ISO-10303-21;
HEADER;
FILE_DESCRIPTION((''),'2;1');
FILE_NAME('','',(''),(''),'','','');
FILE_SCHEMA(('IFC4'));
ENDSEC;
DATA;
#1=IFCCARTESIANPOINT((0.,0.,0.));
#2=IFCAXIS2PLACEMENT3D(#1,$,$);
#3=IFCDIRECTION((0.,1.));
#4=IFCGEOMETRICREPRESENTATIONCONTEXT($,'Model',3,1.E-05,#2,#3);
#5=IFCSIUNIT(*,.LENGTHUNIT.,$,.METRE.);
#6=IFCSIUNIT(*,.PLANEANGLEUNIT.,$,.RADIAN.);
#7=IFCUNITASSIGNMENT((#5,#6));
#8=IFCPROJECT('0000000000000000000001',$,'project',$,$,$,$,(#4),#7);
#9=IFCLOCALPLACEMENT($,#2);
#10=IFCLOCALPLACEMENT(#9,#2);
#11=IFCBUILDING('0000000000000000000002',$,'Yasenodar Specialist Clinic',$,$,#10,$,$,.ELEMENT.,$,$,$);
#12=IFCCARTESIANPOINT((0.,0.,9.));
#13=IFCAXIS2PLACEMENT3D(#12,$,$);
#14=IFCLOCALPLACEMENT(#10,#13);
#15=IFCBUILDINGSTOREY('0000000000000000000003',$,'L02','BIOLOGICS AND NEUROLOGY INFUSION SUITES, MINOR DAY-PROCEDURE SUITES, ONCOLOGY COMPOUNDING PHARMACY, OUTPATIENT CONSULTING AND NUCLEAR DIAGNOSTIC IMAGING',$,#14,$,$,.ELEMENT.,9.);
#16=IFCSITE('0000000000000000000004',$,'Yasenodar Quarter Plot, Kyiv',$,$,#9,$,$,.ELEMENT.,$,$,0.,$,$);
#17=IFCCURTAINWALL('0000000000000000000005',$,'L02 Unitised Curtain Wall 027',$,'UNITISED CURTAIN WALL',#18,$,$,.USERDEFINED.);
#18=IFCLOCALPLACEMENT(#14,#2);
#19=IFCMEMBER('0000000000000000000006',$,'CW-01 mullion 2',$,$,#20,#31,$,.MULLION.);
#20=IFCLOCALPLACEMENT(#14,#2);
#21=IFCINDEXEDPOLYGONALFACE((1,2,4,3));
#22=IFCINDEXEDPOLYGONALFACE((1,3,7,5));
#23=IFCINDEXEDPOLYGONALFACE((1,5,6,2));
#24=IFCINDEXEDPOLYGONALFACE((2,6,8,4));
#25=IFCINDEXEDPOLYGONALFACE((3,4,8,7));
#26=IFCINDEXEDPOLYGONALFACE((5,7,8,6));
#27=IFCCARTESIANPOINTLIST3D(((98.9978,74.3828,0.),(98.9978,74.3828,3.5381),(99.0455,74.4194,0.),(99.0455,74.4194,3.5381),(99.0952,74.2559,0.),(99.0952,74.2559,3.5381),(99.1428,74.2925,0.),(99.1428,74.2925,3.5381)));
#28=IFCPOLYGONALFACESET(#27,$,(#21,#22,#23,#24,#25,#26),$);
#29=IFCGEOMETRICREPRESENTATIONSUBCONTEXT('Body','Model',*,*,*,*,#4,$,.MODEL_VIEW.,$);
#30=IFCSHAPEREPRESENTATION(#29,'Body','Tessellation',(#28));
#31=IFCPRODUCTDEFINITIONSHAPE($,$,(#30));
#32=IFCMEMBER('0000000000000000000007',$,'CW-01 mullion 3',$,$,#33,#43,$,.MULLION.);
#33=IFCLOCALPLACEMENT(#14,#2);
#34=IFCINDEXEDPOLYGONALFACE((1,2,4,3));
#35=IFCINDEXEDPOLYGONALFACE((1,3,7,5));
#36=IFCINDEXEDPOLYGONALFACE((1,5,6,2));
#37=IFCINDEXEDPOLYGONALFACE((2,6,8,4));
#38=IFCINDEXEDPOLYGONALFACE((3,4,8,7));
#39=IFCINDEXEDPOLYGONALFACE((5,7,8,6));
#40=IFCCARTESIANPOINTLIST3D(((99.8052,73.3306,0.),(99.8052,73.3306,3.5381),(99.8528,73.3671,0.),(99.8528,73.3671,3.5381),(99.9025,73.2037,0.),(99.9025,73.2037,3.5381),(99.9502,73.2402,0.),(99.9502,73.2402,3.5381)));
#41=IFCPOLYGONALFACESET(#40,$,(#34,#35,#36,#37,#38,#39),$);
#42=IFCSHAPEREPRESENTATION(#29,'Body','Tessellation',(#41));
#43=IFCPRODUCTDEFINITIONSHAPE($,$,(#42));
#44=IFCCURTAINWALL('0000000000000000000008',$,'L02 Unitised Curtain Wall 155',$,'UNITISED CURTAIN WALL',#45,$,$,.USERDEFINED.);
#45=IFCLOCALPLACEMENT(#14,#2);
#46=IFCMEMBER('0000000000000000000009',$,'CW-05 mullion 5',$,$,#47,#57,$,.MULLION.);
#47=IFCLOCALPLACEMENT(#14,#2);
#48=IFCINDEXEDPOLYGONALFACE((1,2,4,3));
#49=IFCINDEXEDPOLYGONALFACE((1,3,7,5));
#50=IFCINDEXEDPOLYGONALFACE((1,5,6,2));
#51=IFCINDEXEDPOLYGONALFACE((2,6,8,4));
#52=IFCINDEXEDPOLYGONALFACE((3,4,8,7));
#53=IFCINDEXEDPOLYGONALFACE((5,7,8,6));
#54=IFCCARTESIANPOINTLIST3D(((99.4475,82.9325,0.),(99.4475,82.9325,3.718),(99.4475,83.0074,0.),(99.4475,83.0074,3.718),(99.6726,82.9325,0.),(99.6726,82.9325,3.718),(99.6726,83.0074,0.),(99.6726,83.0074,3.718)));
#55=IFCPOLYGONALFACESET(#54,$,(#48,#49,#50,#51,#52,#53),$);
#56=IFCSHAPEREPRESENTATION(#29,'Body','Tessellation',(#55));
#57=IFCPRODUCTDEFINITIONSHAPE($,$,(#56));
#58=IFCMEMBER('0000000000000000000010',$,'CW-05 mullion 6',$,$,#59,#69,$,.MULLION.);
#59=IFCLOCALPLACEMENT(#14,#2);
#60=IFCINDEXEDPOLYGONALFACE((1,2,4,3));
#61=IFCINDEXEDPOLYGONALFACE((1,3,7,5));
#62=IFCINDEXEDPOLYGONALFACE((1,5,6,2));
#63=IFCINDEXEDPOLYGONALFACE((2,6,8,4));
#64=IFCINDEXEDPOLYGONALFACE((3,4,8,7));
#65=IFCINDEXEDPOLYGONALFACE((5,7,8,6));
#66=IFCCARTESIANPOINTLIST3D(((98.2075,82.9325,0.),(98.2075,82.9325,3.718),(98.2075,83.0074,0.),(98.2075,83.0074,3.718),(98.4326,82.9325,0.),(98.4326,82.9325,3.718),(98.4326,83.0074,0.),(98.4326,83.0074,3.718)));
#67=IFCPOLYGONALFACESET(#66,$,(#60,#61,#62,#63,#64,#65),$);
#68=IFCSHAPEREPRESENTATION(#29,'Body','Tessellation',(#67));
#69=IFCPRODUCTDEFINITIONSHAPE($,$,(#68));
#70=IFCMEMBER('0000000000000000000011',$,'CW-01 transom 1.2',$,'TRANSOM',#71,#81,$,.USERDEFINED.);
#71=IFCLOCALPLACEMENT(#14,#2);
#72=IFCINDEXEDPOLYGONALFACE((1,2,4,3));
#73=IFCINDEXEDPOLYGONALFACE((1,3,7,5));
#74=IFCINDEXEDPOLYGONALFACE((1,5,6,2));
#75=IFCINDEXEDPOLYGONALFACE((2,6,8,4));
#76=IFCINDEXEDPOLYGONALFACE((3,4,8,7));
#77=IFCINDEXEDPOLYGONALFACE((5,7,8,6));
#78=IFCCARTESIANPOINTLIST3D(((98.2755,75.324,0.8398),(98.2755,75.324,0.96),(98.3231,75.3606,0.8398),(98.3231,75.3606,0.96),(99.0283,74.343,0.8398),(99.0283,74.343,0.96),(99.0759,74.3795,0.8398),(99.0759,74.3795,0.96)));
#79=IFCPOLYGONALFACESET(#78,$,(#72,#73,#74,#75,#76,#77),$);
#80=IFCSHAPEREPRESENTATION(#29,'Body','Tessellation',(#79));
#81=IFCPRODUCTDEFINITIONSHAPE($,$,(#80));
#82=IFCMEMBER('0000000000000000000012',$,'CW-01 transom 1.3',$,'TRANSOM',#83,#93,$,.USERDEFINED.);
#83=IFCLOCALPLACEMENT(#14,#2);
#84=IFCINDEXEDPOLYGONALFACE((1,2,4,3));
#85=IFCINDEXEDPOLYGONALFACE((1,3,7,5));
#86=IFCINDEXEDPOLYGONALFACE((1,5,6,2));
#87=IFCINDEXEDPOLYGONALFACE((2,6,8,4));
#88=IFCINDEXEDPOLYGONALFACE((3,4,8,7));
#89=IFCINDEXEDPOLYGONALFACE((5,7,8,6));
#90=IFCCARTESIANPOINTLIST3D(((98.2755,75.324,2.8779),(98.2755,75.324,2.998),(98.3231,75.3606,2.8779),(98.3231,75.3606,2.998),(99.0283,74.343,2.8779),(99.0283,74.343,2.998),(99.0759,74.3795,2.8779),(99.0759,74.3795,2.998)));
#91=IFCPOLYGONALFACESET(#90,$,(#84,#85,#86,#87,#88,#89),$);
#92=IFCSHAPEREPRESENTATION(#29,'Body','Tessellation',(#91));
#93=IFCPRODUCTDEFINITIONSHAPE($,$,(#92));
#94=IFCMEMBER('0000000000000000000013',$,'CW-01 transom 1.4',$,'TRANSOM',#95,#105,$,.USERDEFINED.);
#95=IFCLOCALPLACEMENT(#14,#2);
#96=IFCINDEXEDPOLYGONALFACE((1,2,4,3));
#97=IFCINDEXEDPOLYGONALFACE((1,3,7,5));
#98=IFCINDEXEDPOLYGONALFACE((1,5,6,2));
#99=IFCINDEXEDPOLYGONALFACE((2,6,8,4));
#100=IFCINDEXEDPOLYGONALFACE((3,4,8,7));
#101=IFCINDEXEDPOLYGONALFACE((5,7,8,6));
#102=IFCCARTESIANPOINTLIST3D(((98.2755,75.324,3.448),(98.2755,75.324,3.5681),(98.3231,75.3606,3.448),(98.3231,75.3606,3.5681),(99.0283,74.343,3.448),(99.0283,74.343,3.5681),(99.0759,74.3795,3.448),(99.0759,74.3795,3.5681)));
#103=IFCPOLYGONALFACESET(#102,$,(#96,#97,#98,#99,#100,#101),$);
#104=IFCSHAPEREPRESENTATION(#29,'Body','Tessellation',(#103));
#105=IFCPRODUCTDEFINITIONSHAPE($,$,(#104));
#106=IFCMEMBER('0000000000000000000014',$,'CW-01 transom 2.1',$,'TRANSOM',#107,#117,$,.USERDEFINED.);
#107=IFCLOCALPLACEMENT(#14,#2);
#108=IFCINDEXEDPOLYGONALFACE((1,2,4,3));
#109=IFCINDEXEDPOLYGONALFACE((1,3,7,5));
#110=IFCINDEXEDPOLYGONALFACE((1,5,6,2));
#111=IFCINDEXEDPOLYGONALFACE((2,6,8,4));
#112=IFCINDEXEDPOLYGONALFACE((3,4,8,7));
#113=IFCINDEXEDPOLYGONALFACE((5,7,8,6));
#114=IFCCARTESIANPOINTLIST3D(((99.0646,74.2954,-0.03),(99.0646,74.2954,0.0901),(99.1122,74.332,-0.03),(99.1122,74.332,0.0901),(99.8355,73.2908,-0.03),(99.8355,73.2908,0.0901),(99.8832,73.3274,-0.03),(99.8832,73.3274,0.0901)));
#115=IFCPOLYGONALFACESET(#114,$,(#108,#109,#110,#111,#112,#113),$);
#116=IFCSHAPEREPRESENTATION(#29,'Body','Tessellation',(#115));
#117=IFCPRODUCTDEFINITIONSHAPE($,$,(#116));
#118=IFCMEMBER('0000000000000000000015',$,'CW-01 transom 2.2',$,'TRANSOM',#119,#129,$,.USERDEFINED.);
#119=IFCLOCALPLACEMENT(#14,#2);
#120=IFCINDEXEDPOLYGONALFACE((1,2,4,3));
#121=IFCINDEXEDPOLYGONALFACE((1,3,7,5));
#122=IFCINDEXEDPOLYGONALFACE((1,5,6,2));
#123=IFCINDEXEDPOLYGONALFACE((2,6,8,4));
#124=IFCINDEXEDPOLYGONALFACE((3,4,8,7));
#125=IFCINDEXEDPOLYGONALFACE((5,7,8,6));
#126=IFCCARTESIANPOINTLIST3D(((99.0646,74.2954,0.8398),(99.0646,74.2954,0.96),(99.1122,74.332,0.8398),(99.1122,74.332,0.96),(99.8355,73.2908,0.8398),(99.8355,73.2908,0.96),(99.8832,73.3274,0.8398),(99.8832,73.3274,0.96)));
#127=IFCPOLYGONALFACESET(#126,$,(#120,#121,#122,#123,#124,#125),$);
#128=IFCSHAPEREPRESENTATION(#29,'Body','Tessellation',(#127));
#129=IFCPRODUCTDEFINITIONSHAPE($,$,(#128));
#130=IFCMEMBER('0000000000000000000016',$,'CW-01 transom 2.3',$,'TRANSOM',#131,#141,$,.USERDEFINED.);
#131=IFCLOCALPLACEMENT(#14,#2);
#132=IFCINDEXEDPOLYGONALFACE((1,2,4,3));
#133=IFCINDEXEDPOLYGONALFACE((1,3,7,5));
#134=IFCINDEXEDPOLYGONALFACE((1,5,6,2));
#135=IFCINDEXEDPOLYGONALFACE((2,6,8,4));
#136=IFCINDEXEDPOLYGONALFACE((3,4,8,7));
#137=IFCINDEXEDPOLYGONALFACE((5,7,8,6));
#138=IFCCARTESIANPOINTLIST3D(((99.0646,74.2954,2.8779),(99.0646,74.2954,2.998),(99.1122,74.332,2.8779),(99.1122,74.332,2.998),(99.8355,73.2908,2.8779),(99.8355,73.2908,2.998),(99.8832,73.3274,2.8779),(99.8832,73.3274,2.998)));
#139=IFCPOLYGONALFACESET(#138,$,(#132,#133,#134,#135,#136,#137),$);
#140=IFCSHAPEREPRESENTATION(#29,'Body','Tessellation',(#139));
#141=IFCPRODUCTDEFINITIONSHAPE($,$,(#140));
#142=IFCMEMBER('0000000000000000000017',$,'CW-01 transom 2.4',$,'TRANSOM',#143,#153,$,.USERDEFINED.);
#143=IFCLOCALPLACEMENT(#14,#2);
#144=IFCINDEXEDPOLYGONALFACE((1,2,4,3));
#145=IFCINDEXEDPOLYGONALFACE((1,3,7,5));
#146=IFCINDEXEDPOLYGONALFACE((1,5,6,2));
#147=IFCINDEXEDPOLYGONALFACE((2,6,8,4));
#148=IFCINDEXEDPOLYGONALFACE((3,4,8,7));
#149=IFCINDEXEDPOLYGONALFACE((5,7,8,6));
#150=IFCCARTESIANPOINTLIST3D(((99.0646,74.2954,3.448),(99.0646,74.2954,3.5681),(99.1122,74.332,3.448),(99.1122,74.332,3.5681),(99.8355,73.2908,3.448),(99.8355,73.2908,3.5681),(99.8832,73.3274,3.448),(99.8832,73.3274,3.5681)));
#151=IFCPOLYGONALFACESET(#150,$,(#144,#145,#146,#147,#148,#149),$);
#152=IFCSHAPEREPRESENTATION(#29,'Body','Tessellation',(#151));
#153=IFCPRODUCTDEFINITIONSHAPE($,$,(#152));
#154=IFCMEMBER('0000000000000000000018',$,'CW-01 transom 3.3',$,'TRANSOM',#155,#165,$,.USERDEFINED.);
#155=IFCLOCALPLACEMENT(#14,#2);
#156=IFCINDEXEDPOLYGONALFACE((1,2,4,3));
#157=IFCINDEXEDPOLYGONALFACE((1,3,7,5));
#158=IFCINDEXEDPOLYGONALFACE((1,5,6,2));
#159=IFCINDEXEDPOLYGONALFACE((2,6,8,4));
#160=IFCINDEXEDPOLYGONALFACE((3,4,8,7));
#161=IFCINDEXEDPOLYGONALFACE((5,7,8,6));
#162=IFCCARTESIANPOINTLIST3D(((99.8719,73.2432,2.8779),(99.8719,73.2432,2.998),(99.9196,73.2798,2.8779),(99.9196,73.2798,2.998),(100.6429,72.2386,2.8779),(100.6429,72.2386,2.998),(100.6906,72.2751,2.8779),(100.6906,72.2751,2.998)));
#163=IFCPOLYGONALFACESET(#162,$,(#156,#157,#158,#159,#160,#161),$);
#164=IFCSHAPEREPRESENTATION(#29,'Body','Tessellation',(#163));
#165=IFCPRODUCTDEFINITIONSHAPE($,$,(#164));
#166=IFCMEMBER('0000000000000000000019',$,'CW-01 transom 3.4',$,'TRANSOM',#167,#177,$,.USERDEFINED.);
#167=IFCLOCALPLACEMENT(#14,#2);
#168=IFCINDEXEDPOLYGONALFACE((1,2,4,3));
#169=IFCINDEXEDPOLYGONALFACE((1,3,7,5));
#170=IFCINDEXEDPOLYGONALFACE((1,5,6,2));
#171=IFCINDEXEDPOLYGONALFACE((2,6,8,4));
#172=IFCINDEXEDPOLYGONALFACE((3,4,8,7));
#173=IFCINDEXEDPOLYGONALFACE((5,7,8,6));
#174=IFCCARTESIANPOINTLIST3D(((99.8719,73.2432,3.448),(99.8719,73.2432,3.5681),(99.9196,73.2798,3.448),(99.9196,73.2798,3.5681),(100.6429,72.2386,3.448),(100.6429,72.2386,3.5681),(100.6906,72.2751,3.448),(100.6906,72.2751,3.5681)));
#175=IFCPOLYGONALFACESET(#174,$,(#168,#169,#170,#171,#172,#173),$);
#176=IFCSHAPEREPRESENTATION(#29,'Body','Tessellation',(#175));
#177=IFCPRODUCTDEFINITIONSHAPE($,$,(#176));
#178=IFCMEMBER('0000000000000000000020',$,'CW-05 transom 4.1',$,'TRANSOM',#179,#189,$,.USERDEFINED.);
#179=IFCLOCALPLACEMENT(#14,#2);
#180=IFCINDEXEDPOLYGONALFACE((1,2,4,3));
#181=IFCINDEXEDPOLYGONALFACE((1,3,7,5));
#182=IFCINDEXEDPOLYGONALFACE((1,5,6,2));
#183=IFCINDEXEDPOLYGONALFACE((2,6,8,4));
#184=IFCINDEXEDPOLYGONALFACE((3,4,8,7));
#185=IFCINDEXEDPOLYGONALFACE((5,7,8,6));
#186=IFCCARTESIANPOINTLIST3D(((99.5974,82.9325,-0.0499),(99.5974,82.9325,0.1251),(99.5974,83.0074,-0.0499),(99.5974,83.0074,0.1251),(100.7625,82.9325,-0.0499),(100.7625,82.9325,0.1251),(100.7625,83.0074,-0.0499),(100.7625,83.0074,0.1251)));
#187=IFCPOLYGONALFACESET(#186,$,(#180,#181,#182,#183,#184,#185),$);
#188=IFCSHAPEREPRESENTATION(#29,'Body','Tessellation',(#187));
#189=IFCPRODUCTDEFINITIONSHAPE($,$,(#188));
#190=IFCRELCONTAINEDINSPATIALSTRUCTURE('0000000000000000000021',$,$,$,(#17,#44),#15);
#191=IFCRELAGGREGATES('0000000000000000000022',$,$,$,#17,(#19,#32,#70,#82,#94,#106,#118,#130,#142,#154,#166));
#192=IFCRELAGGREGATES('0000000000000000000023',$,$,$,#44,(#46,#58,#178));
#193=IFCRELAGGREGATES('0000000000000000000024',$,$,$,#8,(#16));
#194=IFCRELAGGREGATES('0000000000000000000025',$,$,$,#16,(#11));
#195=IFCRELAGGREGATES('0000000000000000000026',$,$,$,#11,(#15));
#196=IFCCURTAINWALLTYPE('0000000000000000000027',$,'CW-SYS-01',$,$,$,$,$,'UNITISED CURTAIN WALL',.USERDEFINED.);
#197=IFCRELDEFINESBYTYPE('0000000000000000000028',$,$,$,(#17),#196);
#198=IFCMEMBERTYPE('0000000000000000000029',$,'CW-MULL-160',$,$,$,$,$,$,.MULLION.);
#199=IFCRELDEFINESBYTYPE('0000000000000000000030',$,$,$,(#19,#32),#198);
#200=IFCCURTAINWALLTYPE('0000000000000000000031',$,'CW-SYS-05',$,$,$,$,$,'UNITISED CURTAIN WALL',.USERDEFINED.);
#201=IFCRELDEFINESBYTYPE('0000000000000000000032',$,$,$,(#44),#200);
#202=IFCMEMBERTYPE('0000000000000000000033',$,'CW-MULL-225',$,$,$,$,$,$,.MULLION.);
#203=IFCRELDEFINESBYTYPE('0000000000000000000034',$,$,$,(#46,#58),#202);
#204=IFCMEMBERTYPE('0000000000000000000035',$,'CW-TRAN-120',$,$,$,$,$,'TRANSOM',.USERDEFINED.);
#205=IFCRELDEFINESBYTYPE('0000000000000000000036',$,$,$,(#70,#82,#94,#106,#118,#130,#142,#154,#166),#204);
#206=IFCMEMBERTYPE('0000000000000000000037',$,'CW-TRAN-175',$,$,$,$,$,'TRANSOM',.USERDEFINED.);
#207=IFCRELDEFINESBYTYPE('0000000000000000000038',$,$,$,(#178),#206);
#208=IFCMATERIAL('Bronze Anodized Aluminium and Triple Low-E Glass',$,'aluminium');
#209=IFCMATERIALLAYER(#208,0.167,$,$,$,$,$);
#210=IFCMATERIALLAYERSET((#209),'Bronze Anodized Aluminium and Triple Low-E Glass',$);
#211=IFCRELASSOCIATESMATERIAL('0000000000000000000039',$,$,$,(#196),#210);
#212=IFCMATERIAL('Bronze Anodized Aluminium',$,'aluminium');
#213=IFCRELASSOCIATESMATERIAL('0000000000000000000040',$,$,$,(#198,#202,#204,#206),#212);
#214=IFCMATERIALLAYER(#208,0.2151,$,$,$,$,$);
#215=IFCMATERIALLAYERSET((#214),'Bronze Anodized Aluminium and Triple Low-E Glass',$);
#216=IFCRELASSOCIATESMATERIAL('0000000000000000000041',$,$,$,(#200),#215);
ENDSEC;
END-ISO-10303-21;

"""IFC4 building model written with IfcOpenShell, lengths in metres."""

from ifc_helpers import new_model, si_unit, direction, frame, origin, origin_2d, place, context, subcontext, project, spatial, rectangle, extrude, material, layer, layer_set, material_profile, profile_set, type_object, element, aggregate, save


model = new_model("IFC4")

# Units and contexts
model_context = context("Model", 3, precision=1e-05, world=origin(), true_north=direction((0.0, 1.0)))
body_context = subcontext(model_context, "Body", "Model", "MODEL_VIEW")
ifc_project = project(units=[si_unit("LENGTHUNIT", "METRE"), si_unit("PLANEANGLEUNIT", "RADIAN")], contexts=[model_context])

# Site, building, storey
site_placement = place(None, origin())
site = spatial("IfcSite", under=ifc_project, at=site_placement, Name="Yasenodar Quarter Plot, Kyiv", CompositionType="ELEMENT", RefElevation=0.0)
building_placement = place(site_placement, origin())
building = spatial("IfcBuilding", under=site, at=building_placement, Name="Yasenodar Specialist Clinic", CompositionType="ELEMENT")
storey_placement = place(building_placement, frame((0.0, 0.0, 9.0)))
storey = spatial("IfcBuildingStorey", under=building, at=storey_placement, Name="L02", Description="BIOLOGICS AND NEUROLOGY INFUSION SUITES, MINOR DAY-PROCEDURE SUITES, ONCOLOGY COMPOUNDING PHARMACY, OUTPATIENT CONSULTING AND NUCLEAR DIAGNOSTIC IMAGING", CompositionType="ELEMENT", Elevation=9.0)

# Curtain walls, members
ifc_material_1 = material(Name="Bronze Anodized Aluminium and Triple Low-E Glass", Category="aluminium")
ifc_layer_1 = layer(ifc_material_1, 0.167)
ifc_layer_set_1 = layer_set([ifc_layer_1], Name="Bronze Anodized Aluminium and Triple Low-E Glass")
curtain_wall_type_1 = type_object("IfcCurtainWallType", Name="CW-SYS-01", ElementType="UNITISED CURTAIN WALL", PredefinedType="USERDEFINED", material=ifc_layer_set_1)
curtain_wall_1_placement = place(storey_placement, origin())
curtain_wall_1 = element("IfcCurtainWall", 1, at=curtain_wall_1_placement, inside=storey, type_object=curtain_wall_type_1, Name="L02 Unitised Curtain Wall 027", ObjectType="UNITISED CURTAIN WALL", PredefinedType="USERDEFINED")
ifc_material_2 = material(Name="Bronze Anodized Aluminium", Category="aluminium")
ifc_material_profile_1 = material_profile(ifc_material_2, rectangle(XDim=0.0601, YDim=0.1599, at=origin_2d()), Name="CW-MULL 60x160")
ifc_profile_set_1 = profile_set([ifc_material_profile_1], Name="Bronze Anodized Aluminium")
member_type_1 = type_object("IfcMemberType", Name="CW-MULL-160", PredefinedType="MULLION", material=ifc_profile_set_1)
member_1_placement = place(storey_placement, frame((99.0703, 74.3376, 0.0), z_axis=(0.0, 0.0, 1.0), x_axis=(0.793361, 0.608752, 0.0)))
member_1 = element("IfcMember", 2, at=member_1_placement, type_object=member_type_1, Name="CW-01 mullion 2", PredefinedType="MULLION", context=body_context, shape_type="SweptSolid", body=[
    extrude(rectangle(XDim=0.0601, YDim=0.1599, at=origin_2d()), origin(), (0.0, 0.0, 1.0), 3.5381),
])
member_2_placement = place(storey_placement, frame((99.8777, 73.2854, 0.0), z_axis=(0.0, 0.0, 1.0), x_axis=(0.793361, 0.608752, 0.0)))
member_2 = element("IfcMember", 3, at=member_2_placement, type_object=member_type_1, Name="CW-01 mullion 3", PredefinedType="MULLION", context=body_context, shape_type="SweptSolid", body=[
    extrude(rectangle(XDim=0.0601, YDim=0.1599, at=origin_2d()), origin(), (0.0, 0.0, 1.0), 3.5381),
])
ifc_layer_2 = layer(ifc_material_1, 0.2151)
ifc_layer_set_2 = layer_set([ifc_layer_2], Name="Bronze Anodized Aluminium and Triple Low-E Glass")
curtain_wall_type_2 = type_object("IfcCurtainWallType", Name="CW-SYS-05", ElementType="UNITISED CURTAIN WALL", PredefinedType="USERDEFINED", material=ifc_layer_set_2)
curtain_wall_2_placement = place(storey_placement, origin())
curtain_wall_2 = element("IfcCurtainWall", 4, at=curtain_wall_2_placement, inside=storey, type_object=curtain_wall_type_2, Name="L02 Unitised Curtain Wall 155", ObjectType="UNITISED CURTAIN WALL", PredefinedType="USERDEFINED")
ifc_material_profile_2 = material_profile(ifc_material_2, rectangle(XDim=0.075, YDim=0.2251, at=origin_2d()), Name="CW-MULL 75x225")
ifc_profile_set_2 = profile_set([ifc_material_profile_2], Name="Bronze Anodized Aluminium")
member_type_2 = type_object("IfcMemberType", Name="CW-MULL-225", PredefinedType="MULLION", material=ifc_profile_set_2)
member_3_placement = place(storey_placement, frame((99.5601, 82.97, 0.0), z_axis=(0.0, 0.0, 1.0), x_axis=(0.0, -1.0, 0.0)))
member_3 = element("IfcMember", 5, at=member_3_placement, type_object=member_type_2, Name="CW-05 mullion 5", PredefinedType="MULLION", context=body_context, shape_type="SweptSolid", body=[
    extrude(rectangle(XDim=0.075, YDim=0.2251, at=origin_2d()), origin(), (0.0, 0.0, 1.0), 3.718),
])
member_4_placement = place(storey_placement, frame((98.3201, 82.97, 0.0), z_axis=(0.0, 0.0, 1.0), x_axis=(0.0, -1.0, 0.0)))
member_4 = element("IfcMember", 6, at=member_4_placement, type_object=member_type_2, Name="CW-05 mullion 6", PredefinedType="MULLION", context=body_context, shape_type="SweptSolid", body=[
    extrude(rectangle(XDim=0.075, YDim=0.2251, at=origin_2d()), origin(), (0.0, 0.0, 1.0), 3.718),
])

# Members
ifc_material_profile_3 = material_profile(ifc_material_2, rectangle(XDim=0.0601, YDim=0.1201, at=origin_2d()), Name="CW-TRAN 60x120")
ifc_profile_set_3 = profile_set([ifc_material_profile_3], Name="Bronze Anodized Aluminium")
member_type_3 = type_object("IfcMemberType", Name="CW-TRAN-120", ElementType="TRANSOM", PredefinedType="USERDEFINED", material=ifc_profile_set_3)
member_5_placement = place(storey_placement, frame((98.2993, 75.3423, 0.8999), z_axis=(0.608747, -0.793365, 0.0), x_axis=(0.793365, 0.608747, 0.0)))
member_5 = element("IfcMember", 7, at=member_5_placement, type_object=member_type_3, Name="CW-01 transom 1.2", ObjectType="TRANSOM", PredefinedType="USERDEFINED", context=body_context, shape_type="SweptSolid", body=[
    extrude(rectangle(XDim=0.0601, YDim=0.1201, at=origin_2d()), origin(), (0.0, 0.0, 1.0), 1.2366),
])
member_6_placement = place(storey_placement, frame((98.2993, 75.3423, 2.938), z_axis=(0.608747, -0.793365, 0.0), x_axis=(0.793365, 0.608747, 0.0)))
member_6 = element("IfcMember", 8, at=member_6_placement, type_object=member_type_3, Name="CW-01 transom 1.3", ObjectType="TRANSOM", PredefinedType="USERDEFINED", context=body_context, shape_type="SweptSolid", body=[
    extrude(rectangle(XDim=0.0601, YDim=0.1201, at=origin_2d()), origin(), (0.0, 0.0, 1.0), 1.2366),
])
member_7_placement = place(storey_placement, frame((98.2993, 75.3423, 3.5081), z_axis=(0.608747, -0.793365, 0.0), x_axis=(0.793365, 0.608747, 0.0)))
member_7 = element("IfcMember", 9, at=member_7_placement, type_object=member_type_3, Name="CW-01 transom 1.4", ObjectType="TRANSOM", PredefinedType="USERDEFINED", context=body_context, shape_type="SweptSolid", body=[
    extrude(rectangle(XDim=0.0601, YDim=0.1201, at=origin_2d()), origin(), (0.0, 0.0, 1.0), 1.2366),
])
member_8_placement = place(storey_placement, frame((99.0884, 74.3137, 0.03), z_axis=(0.608816, -0.793311, 0.0), x_axis=(0.793311, 0.608816, 0.0)))
member_8 = element("IfcMember", 10, at=member_8_placement, type_object=member_type_3, Name="CW-01 transom 2.1", ObjectType="TRANSOM", PredefinedType="USERDEFINED", context=body_context, shape_type="SweptSolid", body=[
    extrude(rectangle(XDim=0.0601, YDim=0.1201, at=origin_2d()), origin(), (0.0, 0.0, 1.0), 1.2664),
])
member_9_placement = place(storey_placement, frame((99.0884, 74.3137, 0.8999), z_axis=(0.608816, -0.793311, 0.0), x_axis=(0.793311, 0.608816, 0.0)))
member_9 = element("IfcMember", 11, at=member_9_placement, type_object=member_type_3, Name="CW-01 transom 2.2", ObjectType="TRANSOM", PredefinedType="USERDEFINED", context=body_context, shape_type="SweptSolid", body=[
    extrude(rectangle(XDim=0.0601, YDim=0.1201, at=origin_2d()), origin(), (0.0, 0.0, 1.0), 1.2664),
])
member_10_placement = place(storey_placement, frame((99.0884, 74.3137, 2.938), z_axis=(0.608816, -0.793311, 0.0), x_axis=(0.793311, 0.608816, 0.0)))
member_10 = element("IfcMember", 12, at=member_10_placement, type_object=member_type_3, Name="CW-01 transom 2.3", ObjectType="TRANSOM", PredefinedType="USERDEFINED", context=body_context, shape_type="SweptSolid", body=[
    extrude(rectangle(XDim=0.0601, YDim=0.1201, at=origin_2d()), origin(), (0.0, 0.0, 1.0), 1.2664),
])
member_11_placement = place(storey_placement, frame((99.0884, 74.3137, 3.5081), z_axis=(0.608816, -0.793311, 0.0), x_axis=(0.793311, 0.608816, 0.0)))
member_11 = element("IfcMember", 13, at=member_11_placement, type_object=member_type_3, Name="CW-01 transom 2.4", ObjectType="TRANSOM", PredefinedType="USERDEFINED", context=body_context, shape_type="SweptSolid", body=[
    extrude(rectangle(XDim=0.0601, YDim=0.1201, at=origin_2d()), origin(), (0.0, 0.0, 1.0), 1.2664),
])
member_12_placement = place(storey_placement, frame((99.8958, 73.2615, 2.938), z_axis=(0.608816, -0.793311, 0.0), x_axis=(0.793311, 0.608816, 0.0)))
member_12 = element("IfcMember", 14, at=member_12_placement, type_object=member_type_3, Name="CW-01 transom 3.3", ObjectType="TRANSOM", PredefinedType="USERDEFINED", context=body_context, shape_type="SweptSolid", body=[
    extrude(rectangle(XDim=0.0601, YDim=0.1201, at=origin_2d()), origin(), (0.0, 0.0, 1.0), 1.2664),
])
member_13_placement = place(storey_placement, frame((99.8958, 73.2615, 3.5081), z_axis=(0.608816, -0.793311, 0.0), x_axis=(0.793311, 0.608816, 0.0)))
member_13 = element("IfcMember", 15, at=member_13_placement, type_object=member_type_3, Name="CW-01 transom 3.4", ObjectType="TRANSOM", PredefinedType="USERDEFINED", context=body_context, shape_type="SweptSolid", body=[
    extrude(rectangle(XDim=0.0601, YDim=0.1201, at=origin_2d()), origin(), (0.0, 0.0, 1.0), 1.2664),
])
ifc_material_profile_4 = material_profile(ifc_material_2, rectangle(XDim=0.075, YDim=0.175, at=origin_2d()), Name="CW-TRAN 75x175")
ifc_profile_set_4 = profile_set([ifc_material_profile_4], Name="Bronze Anodized Aluminium")
member_type_4 = type_object("IfcMemberType", Name="CW-TRAN-175", ElementType="TRANSOM", PredefinedType="USERDEFINED", material=ifc_profile_set_4)
member_14_placement = place(storey_placement, frame((100.7625, 82.97, 0.0376), z_axis=(-1.0, 0.0, 0.0), x_axis=(0.0, -1.0, 0.0)))
member_14 = element("IfcMember", 16, at=member_14_placement, type_object=member_type_4, Name="CW-05 transom 4.1", ObjectType="TRANSOM", PredefinedType="USERDEFINED", context=body_context, shape_type="SweptSolid", body=[
    extrude(rectangle(XDim=0.075, YDim=0.175, at=origin_2d()), origin(), (0.0, 0.0, 1.0), 1.165),
])

aggregate(curtain_wall_1, [member_1, member_2, member_5, member_6, member_7, member_8, member_9, member_10, member_11, member_12, member_13])
aggregate(curtain_wall_2, [member_3, member_4, member_14])

save(model, "model.ifc")
